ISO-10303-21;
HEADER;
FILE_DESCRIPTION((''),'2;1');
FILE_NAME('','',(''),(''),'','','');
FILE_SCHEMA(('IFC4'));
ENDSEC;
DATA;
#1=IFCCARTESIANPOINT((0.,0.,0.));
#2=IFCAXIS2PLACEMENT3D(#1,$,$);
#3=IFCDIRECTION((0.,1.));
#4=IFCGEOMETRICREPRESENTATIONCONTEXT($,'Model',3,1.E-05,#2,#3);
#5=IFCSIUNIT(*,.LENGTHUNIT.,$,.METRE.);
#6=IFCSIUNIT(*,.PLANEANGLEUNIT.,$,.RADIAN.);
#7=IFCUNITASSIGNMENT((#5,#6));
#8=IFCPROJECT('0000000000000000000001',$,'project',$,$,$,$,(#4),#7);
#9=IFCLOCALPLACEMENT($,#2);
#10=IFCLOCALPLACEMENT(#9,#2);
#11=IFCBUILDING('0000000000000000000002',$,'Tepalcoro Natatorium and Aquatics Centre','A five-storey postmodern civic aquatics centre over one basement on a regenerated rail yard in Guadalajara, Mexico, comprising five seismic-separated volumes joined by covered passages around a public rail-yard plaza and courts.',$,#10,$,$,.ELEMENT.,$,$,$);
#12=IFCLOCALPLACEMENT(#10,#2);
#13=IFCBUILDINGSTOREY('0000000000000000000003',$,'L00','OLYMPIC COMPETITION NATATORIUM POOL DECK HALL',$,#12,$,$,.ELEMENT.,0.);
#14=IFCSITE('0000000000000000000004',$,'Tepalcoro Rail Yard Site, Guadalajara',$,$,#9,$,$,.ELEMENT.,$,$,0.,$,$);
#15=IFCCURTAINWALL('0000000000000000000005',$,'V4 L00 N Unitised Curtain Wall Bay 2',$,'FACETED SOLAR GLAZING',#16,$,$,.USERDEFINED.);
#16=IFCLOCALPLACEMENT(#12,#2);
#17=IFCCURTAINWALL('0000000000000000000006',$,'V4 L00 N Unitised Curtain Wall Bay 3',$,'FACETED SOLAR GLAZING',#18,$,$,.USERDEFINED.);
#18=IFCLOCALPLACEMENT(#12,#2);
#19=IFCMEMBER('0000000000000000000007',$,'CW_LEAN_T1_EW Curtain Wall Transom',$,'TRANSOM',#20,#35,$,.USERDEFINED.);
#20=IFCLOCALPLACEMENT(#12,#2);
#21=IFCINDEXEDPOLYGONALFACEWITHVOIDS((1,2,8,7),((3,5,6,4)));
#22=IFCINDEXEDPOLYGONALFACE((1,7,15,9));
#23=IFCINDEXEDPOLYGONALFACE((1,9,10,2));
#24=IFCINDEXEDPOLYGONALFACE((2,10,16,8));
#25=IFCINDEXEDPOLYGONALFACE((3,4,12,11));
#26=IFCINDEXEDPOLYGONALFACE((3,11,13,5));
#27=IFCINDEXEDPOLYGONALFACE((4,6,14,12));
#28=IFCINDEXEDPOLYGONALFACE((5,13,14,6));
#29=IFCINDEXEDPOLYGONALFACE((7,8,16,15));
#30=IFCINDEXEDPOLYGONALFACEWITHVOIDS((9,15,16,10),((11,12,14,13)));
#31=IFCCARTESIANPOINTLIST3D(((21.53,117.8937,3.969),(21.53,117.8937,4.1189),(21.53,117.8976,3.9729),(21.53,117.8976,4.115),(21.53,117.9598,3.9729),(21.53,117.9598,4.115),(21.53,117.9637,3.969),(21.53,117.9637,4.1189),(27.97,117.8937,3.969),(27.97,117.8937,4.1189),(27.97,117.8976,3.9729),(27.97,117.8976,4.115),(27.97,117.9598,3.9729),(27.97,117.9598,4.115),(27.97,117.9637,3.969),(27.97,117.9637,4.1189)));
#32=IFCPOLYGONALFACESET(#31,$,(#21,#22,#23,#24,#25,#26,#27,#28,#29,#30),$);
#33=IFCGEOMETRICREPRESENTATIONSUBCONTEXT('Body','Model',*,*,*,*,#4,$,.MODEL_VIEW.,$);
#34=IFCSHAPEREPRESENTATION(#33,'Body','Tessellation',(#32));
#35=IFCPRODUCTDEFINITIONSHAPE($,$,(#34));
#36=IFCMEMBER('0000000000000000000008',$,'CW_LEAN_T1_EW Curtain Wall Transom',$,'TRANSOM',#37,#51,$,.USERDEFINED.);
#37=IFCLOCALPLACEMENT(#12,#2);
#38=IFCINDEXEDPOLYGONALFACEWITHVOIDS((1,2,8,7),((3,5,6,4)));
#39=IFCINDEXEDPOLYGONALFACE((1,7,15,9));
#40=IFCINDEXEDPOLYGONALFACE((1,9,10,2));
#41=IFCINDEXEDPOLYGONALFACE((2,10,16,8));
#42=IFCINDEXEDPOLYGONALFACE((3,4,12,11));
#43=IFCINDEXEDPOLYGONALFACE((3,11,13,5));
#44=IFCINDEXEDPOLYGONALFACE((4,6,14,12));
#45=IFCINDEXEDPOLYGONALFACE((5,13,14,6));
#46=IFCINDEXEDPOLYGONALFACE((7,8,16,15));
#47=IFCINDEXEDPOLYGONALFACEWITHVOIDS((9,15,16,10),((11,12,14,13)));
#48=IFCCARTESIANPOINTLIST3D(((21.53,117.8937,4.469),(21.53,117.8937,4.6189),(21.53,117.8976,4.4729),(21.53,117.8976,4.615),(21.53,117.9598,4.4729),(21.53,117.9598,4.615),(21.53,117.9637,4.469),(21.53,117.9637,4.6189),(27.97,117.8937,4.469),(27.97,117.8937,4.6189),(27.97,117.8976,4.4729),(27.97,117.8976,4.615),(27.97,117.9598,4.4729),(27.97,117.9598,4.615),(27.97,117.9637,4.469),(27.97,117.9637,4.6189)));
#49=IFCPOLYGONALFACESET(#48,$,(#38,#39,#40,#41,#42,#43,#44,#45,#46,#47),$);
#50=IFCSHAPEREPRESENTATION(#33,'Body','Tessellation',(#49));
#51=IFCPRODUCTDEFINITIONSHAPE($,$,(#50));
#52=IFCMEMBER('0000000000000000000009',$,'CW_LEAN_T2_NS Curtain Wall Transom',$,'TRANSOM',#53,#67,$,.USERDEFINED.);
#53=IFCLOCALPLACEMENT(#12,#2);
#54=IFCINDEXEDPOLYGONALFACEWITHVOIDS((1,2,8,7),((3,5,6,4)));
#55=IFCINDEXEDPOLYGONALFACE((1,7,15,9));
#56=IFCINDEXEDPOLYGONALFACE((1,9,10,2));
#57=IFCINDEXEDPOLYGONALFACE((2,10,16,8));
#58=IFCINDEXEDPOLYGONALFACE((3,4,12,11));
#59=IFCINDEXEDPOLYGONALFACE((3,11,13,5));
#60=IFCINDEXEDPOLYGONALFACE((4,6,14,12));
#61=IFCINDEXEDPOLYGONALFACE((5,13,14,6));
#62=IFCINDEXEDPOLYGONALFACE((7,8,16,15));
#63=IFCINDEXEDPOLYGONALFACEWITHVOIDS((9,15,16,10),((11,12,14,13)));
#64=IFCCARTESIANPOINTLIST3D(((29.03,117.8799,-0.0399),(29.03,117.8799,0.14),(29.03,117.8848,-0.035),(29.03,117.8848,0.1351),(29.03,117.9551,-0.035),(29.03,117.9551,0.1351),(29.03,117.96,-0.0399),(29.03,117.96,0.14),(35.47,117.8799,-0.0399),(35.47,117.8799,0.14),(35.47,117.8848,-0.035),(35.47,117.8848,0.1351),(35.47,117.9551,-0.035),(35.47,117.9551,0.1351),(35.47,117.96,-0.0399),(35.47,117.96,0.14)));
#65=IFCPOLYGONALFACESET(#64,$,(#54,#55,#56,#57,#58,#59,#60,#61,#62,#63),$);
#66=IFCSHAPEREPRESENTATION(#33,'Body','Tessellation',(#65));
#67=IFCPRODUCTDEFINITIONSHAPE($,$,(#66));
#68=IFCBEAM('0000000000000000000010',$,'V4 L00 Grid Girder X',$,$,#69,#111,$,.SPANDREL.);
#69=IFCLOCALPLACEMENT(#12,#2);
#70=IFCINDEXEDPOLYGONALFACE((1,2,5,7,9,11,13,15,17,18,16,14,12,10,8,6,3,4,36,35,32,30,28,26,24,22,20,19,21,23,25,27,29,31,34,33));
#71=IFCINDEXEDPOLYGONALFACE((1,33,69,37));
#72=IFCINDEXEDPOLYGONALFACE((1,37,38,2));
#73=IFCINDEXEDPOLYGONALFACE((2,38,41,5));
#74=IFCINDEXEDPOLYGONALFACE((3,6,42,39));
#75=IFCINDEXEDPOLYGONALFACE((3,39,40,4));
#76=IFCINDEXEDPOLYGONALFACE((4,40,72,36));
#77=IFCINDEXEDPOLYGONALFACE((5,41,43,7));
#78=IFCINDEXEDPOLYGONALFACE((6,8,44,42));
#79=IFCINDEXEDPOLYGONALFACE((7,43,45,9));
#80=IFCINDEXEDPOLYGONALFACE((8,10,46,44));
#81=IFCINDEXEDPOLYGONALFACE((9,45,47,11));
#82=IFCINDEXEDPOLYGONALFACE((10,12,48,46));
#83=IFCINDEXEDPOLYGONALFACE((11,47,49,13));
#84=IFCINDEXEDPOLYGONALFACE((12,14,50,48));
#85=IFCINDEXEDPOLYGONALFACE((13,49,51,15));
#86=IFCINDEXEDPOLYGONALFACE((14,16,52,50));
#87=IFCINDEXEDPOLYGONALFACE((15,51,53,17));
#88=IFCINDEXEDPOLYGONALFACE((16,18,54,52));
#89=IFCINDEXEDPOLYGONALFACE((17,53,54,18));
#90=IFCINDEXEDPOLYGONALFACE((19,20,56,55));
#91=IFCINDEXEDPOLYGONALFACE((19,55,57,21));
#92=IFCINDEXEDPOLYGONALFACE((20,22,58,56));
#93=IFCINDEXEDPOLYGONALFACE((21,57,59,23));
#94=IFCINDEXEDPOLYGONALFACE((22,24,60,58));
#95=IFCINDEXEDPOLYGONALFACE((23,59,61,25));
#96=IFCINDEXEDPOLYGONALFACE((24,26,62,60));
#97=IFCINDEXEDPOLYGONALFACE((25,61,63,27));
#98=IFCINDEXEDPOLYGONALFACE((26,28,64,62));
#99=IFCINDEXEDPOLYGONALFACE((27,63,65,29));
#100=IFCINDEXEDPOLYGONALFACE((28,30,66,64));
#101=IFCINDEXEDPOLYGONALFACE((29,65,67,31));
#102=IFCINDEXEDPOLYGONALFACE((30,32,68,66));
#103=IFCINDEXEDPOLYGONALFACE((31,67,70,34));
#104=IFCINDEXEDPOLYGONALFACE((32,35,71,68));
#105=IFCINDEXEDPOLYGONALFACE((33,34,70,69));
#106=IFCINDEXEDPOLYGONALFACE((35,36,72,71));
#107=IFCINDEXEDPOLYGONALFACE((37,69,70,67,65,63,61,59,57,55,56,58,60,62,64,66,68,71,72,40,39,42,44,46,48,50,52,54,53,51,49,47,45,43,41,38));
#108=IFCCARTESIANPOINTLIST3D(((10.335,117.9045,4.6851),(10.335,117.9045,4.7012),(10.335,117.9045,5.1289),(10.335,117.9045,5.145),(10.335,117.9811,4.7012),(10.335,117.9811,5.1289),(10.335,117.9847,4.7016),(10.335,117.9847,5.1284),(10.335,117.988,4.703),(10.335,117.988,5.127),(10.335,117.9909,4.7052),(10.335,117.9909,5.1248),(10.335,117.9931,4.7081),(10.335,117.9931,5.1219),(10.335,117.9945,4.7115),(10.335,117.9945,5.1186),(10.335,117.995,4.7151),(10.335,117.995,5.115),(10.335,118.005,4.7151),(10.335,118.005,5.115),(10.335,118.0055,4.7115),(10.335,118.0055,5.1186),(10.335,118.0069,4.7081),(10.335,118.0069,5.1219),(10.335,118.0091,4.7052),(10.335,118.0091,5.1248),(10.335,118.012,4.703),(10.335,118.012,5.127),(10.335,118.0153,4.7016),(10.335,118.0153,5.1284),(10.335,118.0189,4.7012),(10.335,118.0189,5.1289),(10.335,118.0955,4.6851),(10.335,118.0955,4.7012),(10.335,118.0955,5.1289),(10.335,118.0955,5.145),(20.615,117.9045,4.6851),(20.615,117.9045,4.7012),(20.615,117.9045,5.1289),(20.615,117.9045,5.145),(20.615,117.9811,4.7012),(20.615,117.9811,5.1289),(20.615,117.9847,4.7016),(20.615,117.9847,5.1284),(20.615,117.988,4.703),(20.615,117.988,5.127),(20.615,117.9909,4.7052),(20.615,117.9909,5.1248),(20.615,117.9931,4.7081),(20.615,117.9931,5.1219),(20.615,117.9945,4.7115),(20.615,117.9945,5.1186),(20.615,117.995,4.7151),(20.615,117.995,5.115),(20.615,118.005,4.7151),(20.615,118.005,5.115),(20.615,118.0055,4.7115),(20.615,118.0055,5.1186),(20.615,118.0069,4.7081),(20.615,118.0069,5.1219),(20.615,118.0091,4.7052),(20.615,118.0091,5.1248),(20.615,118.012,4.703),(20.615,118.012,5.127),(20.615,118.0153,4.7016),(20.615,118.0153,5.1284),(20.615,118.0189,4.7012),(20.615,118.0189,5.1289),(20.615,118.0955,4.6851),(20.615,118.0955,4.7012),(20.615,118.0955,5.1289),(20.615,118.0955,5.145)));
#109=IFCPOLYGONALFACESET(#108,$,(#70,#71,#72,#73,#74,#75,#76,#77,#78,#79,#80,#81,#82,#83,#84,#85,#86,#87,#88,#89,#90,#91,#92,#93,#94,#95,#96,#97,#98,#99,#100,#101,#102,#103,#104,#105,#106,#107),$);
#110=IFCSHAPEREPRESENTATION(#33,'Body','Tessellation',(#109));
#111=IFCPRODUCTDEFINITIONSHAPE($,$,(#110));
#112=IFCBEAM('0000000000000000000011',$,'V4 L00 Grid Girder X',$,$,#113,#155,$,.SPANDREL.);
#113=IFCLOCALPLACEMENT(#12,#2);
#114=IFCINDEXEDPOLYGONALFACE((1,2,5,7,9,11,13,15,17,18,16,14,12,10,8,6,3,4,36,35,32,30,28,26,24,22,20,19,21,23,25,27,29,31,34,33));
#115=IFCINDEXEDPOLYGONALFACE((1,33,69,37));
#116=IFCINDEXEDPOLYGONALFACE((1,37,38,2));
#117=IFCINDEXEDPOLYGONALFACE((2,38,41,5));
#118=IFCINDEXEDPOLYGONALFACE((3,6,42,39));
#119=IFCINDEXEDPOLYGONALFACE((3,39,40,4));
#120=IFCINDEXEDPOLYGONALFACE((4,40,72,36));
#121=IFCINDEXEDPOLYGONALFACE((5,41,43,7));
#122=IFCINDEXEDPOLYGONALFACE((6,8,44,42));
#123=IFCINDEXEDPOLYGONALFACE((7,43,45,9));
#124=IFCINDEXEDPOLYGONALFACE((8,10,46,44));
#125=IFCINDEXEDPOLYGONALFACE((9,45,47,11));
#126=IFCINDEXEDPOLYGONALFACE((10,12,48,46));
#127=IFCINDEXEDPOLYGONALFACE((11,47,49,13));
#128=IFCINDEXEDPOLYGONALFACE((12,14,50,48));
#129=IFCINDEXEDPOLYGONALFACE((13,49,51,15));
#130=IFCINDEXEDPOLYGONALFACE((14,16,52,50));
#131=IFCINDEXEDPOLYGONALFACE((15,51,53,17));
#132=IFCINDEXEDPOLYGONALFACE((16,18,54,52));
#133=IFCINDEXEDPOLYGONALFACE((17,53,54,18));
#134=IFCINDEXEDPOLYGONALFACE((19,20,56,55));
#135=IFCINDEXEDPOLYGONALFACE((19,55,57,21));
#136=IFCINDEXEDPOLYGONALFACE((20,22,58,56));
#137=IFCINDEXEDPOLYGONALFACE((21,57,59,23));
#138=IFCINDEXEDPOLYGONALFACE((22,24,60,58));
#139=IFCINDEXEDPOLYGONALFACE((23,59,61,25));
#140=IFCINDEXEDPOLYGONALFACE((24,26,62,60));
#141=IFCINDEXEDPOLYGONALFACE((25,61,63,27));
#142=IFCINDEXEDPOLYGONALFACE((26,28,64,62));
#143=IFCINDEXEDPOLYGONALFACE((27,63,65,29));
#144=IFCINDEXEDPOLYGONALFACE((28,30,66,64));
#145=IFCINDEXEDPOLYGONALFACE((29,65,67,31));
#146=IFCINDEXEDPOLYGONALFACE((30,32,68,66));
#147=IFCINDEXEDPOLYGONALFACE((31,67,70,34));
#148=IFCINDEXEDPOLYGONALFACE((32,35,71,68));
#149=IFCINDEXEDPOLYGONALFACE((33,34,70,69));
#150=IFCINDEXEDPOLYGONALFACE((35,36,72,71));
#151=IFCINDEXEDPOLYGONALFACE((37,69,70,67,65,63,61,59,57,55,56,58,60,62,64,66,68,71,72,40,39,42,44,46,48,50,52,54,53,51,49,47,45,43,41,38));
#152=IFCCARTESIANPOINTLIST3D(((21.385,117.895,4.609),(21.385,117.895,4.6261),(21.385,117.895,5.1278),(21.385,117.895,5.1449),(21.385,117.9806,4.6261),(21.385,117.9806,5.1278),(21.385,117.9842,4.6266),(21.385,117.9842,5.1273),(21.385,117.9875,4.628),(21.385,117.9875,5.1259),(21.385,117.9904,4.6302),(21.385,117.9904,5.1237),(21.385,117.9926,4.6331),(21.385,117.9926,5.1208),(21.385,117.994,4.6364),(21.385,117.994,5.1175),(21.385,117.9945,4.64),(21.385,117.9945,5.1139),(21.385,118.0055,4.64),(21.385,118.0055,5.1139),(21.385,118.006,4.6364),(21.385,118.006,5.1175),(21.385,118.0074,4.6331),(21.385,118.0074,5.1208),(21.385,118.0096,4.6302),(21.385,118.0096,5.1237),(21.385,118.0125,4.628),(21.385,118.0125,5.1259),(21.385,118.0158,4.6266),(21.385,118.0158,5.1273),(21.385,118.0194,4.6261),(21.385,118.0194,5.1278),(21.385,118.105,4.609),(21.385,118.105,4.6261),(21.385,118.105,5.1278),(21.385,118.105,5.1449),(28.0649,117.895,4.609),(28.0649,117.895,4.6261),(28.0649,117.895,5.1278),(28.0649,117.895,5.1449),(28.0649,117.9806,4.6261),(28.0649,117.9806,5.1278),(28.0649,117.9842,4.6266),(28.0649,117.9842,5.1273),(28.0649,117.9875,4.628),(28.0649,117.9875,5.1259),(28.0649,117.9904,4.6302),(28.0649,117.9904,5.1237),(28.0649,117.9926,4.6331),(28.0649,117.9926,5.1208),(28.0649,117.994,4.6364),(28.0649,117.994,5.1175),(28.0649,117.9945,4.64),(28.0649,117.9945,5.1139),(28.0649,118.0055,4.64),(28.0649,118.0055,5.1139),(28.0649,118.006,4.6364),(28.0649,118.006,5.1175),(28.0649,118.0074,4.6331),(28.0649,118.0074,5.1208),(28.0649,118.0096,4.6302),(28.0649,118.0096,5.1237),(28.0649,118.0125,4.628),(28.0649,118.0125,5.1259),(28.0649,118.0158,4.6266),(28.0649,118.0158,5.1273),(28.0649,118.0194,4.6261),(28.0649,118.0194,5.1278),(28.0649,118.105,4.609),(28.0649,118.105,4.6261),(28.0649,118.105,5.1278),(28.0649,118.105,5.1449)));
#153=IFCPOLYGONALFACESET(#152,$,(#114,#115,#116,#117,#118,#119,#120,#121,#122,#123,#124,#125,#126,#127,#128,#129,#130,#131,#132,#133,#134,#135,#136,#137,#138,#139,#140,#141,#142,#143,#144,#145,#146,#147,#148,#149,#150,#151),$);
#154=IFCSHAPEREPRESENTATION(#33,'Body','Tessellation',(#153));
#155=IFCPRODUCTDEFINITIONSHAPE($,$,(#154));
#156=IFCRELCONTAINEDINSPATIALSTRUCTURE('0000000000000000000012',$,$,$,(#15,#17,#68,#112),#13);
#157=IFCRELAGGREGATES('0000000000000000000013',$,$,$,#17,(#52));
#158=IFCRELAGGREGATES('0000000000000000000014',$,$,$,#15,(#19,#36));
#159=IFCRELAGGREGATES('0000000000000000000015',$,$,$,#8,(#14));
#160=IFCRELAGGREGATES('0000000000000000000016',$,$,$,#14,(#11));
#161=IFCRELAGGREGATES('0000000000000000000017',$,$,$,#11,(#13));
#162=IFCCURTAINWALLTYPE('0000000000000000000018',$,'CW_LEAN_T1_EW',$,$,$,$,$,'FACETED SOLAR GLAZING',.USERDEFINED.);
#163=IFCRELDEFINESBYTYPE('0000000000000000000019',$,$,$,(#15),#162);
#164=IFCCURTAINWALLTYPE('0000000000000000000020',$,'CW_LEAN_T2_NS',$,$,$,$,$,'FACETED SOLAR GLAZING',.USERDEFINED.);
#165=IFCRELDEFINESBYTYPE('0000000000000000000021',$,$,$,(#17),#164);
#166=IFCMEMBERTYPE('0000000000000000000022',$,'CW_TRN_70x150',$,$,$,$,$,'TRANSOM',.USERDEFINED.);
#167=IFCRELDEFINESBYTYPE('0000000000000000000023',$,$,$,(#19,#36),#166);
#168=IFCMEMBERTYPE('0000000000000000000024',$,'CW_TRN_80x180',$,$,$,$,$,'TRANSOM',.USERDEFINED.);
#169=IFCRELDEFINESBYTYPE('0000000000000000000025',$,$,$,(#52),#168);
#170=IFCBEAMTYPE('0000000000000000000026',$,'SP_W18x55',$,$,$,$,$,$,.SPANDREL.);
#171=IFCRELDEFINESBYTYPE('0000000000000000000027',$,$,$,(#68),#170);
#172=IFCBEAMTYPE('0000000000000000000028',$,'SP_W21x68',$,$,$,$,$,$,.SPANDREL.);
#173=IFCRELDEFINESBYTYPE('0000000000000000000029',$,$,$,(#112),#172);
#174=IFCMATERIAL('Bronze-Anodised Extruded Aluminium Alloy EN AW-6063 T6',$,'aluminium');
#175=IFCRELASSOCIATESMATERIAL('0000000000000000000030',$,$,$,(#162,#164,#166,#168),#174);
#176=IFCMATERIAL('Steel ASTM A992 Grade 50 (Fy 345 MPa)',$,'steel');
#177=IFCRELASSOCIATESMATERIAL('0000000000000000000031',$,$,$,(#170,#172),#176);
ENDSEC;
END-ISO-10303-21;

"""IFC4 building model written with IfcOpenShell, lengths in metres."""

from ifc_helpers import new_model, si_unit, direction, frame, origin, origin_2d, place, context, subcontext, project, spatial, hollow_rectangle, i_section, extrude, material, material_profile, profile_set, type_object, element, aggregate, save


model = new_model("IFC4")

# Units and contexts
model_context = context("Model", 3, precision=1e-05, world=origin(), true_north=direction((0.0, 1.0)))
body_context = subcontext(model_context, "Body", "Model", "MODEL_VIEW")
ifc_project = project(units=[si_unit("LENGTHUNIT", "METRE"), si_unit("PLANEANGLEUNIT", "RADIAN")], contexts=[model_context])

# Site, building, storey
site_placement = place(None, origin())
site = spatial("IfcSite", under=ifc_project, at=site_placement, Name="Tepalcoro Rail Yard Site, Guadalajara", CompositionType="ELEMENT", RefElevation=0.0)
building_placement = place(site_placement, origin())
building = spatial("IfcBuilding", under=site, at=building_placement, Name="Tepalcoro Natatorium and Aquatics Centre", Description="A five-storey postmodern civic aquatics centre over one basement on a regenerated rail yard in Guadalajara, Mexico, comprising five seismic-separated volumes joined by covered passages around a public rail-yard plaza and courts.", CompositionType="ELEMENT")
storey_placement = place(building_placement, origin())
storey = spatial("IfcBuildingStorey", under=building, at=storey_placement, Name="L00", Description="OLYMPIC COMPETITION NATATORIUM POOL DECK HALL", CompositionType="ELEMENT", Elevation=0.0)

# Curtain wall
ifc_material_1 = material(Name="Bronze-Anodised Extruded Aluminium Alloy EN AW-6063 T6", Category="aluminium")
curtain_wall_type_1 = type_object("IfcCurtainWallType", Name="CW_LEAN_T1_EW", ElementType="FACETED SOLAR GLAZING", PredefinedType="USERDEFINED", material=ifc_material_1)
curtain_wall_1_placement = place(storey_placement, origin())
curtain_wall_1 = element("IfcCurtainWall", 1, at=curtain_wall_1_placement, inside=storey, type_object=curtain_wall_type_1, Name="V4 L00 N Unitised Curtain Wall Bay 2", ObjectType="FACETED SOLAR GLAZING", PredefinedType="USERDEFINED")

# Curtain wall
curtain_wall_type_2 = type_object("IfcCurtainWallType", Name="CW_LEAN_T2_NS", ElementType="FACETED SOLAR GLAZING", PredefinedType="USERDEFINED", material=ifc_material_1)
curtain_wall_2_placement = place(storey_placement, origin())
curtain_wall_2 = element("IfcCurtainWall", 2, at=curtain_wall_2_placement, inside=storey, type_object=curtain_wall_type_2, Name="V4 L00 N Unitised Curtain Wall Bay 3", ObjectType="FACETED SOLAR GLAZING", PredefinedType="USERDEFINED")

# Members
ifc_material_profile_1 = material_profile(ifc_material_1, hollow_rectangle(XDim=0.0701, YDim=0.1499, WallThickness=0.0039, at=origin_2d()), Name="AL70X150X4")
ifc_profile_set_1 = profile_set([ifc_material_profile_1], Name="Bronze-Anodised Extruded Aluminium Alloy EN AW-6063 T6")
member_type_1 = type_object("IfcMemberType", Name="CW_TRN_70x150", ElementType="TRANSOM", PredefinedType="USERDEFINED", material=ifc_profile_set_1)
member_1_placement = place(storey_placement, frame((21.53, 117.9287, 4.0439), z_axis=(1.0, 0.0, 0.0), x_axis=(0.0, 1.0, 0.0)))
member_1 = element("IfcMember", 3, at=member_1_placement, type_object=member_type_1, Name="CW_LEAN_T1_EW Curtain Wall Transom", ObjectType="TRANSOM", PredefinedType="USERDEFINED", context=body_context, shape_type="SweptSolid", body=[
    extrude(hollow_rectangle(XDim=0.0701, YDim=0.1499, WallThickness=0.0039, at=origin_2d()), origin(), (0.0, 0.0, 1.0), 6.4399),
])
member_2_placement = place(storey_placement, frame((21.53, 117.9287, 4.5439), z_axis=(1.0, 0.0, 0.0), x_axis=(0.0, 1.0, 0.0)))
member_2 = element("IfcMember", 4, at=member_2_placement, type_object=member_type_1, Name="CW_LEAN_T1_EW Curtain Wall Transom", ObjectType="TRANSOM", PredefinedType="USERDEFINED", context=body_context, shape_type="SweptSolid", body=[
    extrude(hollow_rectangle(XDim=0.0701, YDim=0.1499, WallThickness=0.0039, at=origin_2d()), origin(), (0.0, 0.0, 1.0), 6.4399),
])
ifc_material_profile_2 = material_profile(ifc_material_1, hollow_rectangle(XDim=0.0801, YDim=0.1799, WallThickness=0.0049, at=origin_2d()), Name="AL80X180X5")
ifc_profile_set_2 = profile_set([ifc_material_profile_2], Name="Bronze-Anodised Extruded Aluminium Alloy EN AW-6063 T6")
member_type_2 = type_object("IfcMemberType", Name="CW_TRN_80x180", ElementType="TRANSOM", PredefinedType="USERDEFINED", material=ifc_profile_set_2)
member_3_placement = place(storey_placement, frame((29.03, 117.9199, 0.05), z_axis=(1.0, 0.0, 0.0), x_axis=(0.0, 1.0, 0.0)))
member_3 = element("IfcMember", 5, at=member_3_placement, type_object=member_type_2, Name="CW_LEAN_T2_NS Curtain Wall Transom", ObjectType="TRANSOM", PredefinedType="USERDEFINED", context=body_context, shape_type="SweptSolid", body=[
    extrude(hollow_rectangle(XDim=0.0801, YDim=0.1799, WallThickness=0.0049, at=origin_2d()), origin(), (0.0, 0.0, 1.0), 6.4399),
])
aggregate(curtain_wall_2, [member_3])

# Beams
ifc_material_2 = material(Name="Steel ASTM A992 Grade 50 (Fy 345 MPa)", Category="steel")
ifc_material_profile_3 = material_profile(ifc_material_2, i_section(OverallWidth=0.1909, OverallDepth=0.46, WebThickness=0.01, FlangeThickness=0.0161, FilletRadius=0.0139, at=origin_2d()), Name="W18X55")
ifc_profile_set_3 = profile_set([ifc_material_profile_3], Name="Steel ASTM A992 Grade 50 (Fy 345 MPa)")
beam_type_1 = type_object("IfcBeamType", Name="SP_W18x55", PredefinedType="SPANDREL", material=ifc_profile_set_3)
beam_1_placement = place(storey_placement, frame((10.335, 118.0, 4.915), z_axis=(1.0, 0.0, 0.0), x_axis=(0.0, 1.0, 0.0)))
element("IfcBeam", 6, at=beam_1_placement, inside=storey, type_object=beam_type_1, Name="V4 L00 Grid Girder X", PredefinedType="SPANDREL", context=body_context, shape_type="SweptSolid", body=[
    extrude(i_section(OverallWidth=0.1909, OverallDepth=0.46, WebThickness=0.01, FlangeThickness=0.0161, FilletRadius=0.0139, at=origin_2d()), origin(), (0.0, 0.0, 1.0), 10.28),
])
ifc_material_profile_4 = material_profile(ifc_material_2, i_section(OverallWidth=0.21, OverallDepth=0.5359, WebThickness=0.011, FlangeThickness=0.0171, FilletRadius=0.0139, at=origin_2d()), Name="W21X68")
ifc_profile_set_4 = profile_set([ifc_material_profile_4], Name="Steel ASTM A992 Grade 50 (Fy 345 MPa)")
beam_type_2 = type_object("IfcBeamType", Name="SP_W21x68", PredefinedType="SPANDREL", material=ifc_profile_set_4)
beam_2_placement = place(storey_placement, frame((21.385, 118.0, 4.877), z_axis=(1.0, 0.0, 0.0), x_axis=(0.0, 1.0, 0.0)))
element("IfcBeam", 7, at=beam_2_placement, inside=storey, type_object=beam_type_2, Name="V4 L00 Grid Girder X", PredefinedType="SPANDREL", context=body_context, shape_type="SweptSolid", body=[
    extrude(i_section(OverallWidth=0.21, OverallDepth=0.5359, WebThickness=0.011, FlangeThickness=0.0171, FilletRadius=0.0139, at=origin_2d()), origin(), (0.0, 0.0, 1.0), 6.6799),
])

aggregate(curtain_wall_1, [member_1, member_2])

save(model, "model.ifc")
